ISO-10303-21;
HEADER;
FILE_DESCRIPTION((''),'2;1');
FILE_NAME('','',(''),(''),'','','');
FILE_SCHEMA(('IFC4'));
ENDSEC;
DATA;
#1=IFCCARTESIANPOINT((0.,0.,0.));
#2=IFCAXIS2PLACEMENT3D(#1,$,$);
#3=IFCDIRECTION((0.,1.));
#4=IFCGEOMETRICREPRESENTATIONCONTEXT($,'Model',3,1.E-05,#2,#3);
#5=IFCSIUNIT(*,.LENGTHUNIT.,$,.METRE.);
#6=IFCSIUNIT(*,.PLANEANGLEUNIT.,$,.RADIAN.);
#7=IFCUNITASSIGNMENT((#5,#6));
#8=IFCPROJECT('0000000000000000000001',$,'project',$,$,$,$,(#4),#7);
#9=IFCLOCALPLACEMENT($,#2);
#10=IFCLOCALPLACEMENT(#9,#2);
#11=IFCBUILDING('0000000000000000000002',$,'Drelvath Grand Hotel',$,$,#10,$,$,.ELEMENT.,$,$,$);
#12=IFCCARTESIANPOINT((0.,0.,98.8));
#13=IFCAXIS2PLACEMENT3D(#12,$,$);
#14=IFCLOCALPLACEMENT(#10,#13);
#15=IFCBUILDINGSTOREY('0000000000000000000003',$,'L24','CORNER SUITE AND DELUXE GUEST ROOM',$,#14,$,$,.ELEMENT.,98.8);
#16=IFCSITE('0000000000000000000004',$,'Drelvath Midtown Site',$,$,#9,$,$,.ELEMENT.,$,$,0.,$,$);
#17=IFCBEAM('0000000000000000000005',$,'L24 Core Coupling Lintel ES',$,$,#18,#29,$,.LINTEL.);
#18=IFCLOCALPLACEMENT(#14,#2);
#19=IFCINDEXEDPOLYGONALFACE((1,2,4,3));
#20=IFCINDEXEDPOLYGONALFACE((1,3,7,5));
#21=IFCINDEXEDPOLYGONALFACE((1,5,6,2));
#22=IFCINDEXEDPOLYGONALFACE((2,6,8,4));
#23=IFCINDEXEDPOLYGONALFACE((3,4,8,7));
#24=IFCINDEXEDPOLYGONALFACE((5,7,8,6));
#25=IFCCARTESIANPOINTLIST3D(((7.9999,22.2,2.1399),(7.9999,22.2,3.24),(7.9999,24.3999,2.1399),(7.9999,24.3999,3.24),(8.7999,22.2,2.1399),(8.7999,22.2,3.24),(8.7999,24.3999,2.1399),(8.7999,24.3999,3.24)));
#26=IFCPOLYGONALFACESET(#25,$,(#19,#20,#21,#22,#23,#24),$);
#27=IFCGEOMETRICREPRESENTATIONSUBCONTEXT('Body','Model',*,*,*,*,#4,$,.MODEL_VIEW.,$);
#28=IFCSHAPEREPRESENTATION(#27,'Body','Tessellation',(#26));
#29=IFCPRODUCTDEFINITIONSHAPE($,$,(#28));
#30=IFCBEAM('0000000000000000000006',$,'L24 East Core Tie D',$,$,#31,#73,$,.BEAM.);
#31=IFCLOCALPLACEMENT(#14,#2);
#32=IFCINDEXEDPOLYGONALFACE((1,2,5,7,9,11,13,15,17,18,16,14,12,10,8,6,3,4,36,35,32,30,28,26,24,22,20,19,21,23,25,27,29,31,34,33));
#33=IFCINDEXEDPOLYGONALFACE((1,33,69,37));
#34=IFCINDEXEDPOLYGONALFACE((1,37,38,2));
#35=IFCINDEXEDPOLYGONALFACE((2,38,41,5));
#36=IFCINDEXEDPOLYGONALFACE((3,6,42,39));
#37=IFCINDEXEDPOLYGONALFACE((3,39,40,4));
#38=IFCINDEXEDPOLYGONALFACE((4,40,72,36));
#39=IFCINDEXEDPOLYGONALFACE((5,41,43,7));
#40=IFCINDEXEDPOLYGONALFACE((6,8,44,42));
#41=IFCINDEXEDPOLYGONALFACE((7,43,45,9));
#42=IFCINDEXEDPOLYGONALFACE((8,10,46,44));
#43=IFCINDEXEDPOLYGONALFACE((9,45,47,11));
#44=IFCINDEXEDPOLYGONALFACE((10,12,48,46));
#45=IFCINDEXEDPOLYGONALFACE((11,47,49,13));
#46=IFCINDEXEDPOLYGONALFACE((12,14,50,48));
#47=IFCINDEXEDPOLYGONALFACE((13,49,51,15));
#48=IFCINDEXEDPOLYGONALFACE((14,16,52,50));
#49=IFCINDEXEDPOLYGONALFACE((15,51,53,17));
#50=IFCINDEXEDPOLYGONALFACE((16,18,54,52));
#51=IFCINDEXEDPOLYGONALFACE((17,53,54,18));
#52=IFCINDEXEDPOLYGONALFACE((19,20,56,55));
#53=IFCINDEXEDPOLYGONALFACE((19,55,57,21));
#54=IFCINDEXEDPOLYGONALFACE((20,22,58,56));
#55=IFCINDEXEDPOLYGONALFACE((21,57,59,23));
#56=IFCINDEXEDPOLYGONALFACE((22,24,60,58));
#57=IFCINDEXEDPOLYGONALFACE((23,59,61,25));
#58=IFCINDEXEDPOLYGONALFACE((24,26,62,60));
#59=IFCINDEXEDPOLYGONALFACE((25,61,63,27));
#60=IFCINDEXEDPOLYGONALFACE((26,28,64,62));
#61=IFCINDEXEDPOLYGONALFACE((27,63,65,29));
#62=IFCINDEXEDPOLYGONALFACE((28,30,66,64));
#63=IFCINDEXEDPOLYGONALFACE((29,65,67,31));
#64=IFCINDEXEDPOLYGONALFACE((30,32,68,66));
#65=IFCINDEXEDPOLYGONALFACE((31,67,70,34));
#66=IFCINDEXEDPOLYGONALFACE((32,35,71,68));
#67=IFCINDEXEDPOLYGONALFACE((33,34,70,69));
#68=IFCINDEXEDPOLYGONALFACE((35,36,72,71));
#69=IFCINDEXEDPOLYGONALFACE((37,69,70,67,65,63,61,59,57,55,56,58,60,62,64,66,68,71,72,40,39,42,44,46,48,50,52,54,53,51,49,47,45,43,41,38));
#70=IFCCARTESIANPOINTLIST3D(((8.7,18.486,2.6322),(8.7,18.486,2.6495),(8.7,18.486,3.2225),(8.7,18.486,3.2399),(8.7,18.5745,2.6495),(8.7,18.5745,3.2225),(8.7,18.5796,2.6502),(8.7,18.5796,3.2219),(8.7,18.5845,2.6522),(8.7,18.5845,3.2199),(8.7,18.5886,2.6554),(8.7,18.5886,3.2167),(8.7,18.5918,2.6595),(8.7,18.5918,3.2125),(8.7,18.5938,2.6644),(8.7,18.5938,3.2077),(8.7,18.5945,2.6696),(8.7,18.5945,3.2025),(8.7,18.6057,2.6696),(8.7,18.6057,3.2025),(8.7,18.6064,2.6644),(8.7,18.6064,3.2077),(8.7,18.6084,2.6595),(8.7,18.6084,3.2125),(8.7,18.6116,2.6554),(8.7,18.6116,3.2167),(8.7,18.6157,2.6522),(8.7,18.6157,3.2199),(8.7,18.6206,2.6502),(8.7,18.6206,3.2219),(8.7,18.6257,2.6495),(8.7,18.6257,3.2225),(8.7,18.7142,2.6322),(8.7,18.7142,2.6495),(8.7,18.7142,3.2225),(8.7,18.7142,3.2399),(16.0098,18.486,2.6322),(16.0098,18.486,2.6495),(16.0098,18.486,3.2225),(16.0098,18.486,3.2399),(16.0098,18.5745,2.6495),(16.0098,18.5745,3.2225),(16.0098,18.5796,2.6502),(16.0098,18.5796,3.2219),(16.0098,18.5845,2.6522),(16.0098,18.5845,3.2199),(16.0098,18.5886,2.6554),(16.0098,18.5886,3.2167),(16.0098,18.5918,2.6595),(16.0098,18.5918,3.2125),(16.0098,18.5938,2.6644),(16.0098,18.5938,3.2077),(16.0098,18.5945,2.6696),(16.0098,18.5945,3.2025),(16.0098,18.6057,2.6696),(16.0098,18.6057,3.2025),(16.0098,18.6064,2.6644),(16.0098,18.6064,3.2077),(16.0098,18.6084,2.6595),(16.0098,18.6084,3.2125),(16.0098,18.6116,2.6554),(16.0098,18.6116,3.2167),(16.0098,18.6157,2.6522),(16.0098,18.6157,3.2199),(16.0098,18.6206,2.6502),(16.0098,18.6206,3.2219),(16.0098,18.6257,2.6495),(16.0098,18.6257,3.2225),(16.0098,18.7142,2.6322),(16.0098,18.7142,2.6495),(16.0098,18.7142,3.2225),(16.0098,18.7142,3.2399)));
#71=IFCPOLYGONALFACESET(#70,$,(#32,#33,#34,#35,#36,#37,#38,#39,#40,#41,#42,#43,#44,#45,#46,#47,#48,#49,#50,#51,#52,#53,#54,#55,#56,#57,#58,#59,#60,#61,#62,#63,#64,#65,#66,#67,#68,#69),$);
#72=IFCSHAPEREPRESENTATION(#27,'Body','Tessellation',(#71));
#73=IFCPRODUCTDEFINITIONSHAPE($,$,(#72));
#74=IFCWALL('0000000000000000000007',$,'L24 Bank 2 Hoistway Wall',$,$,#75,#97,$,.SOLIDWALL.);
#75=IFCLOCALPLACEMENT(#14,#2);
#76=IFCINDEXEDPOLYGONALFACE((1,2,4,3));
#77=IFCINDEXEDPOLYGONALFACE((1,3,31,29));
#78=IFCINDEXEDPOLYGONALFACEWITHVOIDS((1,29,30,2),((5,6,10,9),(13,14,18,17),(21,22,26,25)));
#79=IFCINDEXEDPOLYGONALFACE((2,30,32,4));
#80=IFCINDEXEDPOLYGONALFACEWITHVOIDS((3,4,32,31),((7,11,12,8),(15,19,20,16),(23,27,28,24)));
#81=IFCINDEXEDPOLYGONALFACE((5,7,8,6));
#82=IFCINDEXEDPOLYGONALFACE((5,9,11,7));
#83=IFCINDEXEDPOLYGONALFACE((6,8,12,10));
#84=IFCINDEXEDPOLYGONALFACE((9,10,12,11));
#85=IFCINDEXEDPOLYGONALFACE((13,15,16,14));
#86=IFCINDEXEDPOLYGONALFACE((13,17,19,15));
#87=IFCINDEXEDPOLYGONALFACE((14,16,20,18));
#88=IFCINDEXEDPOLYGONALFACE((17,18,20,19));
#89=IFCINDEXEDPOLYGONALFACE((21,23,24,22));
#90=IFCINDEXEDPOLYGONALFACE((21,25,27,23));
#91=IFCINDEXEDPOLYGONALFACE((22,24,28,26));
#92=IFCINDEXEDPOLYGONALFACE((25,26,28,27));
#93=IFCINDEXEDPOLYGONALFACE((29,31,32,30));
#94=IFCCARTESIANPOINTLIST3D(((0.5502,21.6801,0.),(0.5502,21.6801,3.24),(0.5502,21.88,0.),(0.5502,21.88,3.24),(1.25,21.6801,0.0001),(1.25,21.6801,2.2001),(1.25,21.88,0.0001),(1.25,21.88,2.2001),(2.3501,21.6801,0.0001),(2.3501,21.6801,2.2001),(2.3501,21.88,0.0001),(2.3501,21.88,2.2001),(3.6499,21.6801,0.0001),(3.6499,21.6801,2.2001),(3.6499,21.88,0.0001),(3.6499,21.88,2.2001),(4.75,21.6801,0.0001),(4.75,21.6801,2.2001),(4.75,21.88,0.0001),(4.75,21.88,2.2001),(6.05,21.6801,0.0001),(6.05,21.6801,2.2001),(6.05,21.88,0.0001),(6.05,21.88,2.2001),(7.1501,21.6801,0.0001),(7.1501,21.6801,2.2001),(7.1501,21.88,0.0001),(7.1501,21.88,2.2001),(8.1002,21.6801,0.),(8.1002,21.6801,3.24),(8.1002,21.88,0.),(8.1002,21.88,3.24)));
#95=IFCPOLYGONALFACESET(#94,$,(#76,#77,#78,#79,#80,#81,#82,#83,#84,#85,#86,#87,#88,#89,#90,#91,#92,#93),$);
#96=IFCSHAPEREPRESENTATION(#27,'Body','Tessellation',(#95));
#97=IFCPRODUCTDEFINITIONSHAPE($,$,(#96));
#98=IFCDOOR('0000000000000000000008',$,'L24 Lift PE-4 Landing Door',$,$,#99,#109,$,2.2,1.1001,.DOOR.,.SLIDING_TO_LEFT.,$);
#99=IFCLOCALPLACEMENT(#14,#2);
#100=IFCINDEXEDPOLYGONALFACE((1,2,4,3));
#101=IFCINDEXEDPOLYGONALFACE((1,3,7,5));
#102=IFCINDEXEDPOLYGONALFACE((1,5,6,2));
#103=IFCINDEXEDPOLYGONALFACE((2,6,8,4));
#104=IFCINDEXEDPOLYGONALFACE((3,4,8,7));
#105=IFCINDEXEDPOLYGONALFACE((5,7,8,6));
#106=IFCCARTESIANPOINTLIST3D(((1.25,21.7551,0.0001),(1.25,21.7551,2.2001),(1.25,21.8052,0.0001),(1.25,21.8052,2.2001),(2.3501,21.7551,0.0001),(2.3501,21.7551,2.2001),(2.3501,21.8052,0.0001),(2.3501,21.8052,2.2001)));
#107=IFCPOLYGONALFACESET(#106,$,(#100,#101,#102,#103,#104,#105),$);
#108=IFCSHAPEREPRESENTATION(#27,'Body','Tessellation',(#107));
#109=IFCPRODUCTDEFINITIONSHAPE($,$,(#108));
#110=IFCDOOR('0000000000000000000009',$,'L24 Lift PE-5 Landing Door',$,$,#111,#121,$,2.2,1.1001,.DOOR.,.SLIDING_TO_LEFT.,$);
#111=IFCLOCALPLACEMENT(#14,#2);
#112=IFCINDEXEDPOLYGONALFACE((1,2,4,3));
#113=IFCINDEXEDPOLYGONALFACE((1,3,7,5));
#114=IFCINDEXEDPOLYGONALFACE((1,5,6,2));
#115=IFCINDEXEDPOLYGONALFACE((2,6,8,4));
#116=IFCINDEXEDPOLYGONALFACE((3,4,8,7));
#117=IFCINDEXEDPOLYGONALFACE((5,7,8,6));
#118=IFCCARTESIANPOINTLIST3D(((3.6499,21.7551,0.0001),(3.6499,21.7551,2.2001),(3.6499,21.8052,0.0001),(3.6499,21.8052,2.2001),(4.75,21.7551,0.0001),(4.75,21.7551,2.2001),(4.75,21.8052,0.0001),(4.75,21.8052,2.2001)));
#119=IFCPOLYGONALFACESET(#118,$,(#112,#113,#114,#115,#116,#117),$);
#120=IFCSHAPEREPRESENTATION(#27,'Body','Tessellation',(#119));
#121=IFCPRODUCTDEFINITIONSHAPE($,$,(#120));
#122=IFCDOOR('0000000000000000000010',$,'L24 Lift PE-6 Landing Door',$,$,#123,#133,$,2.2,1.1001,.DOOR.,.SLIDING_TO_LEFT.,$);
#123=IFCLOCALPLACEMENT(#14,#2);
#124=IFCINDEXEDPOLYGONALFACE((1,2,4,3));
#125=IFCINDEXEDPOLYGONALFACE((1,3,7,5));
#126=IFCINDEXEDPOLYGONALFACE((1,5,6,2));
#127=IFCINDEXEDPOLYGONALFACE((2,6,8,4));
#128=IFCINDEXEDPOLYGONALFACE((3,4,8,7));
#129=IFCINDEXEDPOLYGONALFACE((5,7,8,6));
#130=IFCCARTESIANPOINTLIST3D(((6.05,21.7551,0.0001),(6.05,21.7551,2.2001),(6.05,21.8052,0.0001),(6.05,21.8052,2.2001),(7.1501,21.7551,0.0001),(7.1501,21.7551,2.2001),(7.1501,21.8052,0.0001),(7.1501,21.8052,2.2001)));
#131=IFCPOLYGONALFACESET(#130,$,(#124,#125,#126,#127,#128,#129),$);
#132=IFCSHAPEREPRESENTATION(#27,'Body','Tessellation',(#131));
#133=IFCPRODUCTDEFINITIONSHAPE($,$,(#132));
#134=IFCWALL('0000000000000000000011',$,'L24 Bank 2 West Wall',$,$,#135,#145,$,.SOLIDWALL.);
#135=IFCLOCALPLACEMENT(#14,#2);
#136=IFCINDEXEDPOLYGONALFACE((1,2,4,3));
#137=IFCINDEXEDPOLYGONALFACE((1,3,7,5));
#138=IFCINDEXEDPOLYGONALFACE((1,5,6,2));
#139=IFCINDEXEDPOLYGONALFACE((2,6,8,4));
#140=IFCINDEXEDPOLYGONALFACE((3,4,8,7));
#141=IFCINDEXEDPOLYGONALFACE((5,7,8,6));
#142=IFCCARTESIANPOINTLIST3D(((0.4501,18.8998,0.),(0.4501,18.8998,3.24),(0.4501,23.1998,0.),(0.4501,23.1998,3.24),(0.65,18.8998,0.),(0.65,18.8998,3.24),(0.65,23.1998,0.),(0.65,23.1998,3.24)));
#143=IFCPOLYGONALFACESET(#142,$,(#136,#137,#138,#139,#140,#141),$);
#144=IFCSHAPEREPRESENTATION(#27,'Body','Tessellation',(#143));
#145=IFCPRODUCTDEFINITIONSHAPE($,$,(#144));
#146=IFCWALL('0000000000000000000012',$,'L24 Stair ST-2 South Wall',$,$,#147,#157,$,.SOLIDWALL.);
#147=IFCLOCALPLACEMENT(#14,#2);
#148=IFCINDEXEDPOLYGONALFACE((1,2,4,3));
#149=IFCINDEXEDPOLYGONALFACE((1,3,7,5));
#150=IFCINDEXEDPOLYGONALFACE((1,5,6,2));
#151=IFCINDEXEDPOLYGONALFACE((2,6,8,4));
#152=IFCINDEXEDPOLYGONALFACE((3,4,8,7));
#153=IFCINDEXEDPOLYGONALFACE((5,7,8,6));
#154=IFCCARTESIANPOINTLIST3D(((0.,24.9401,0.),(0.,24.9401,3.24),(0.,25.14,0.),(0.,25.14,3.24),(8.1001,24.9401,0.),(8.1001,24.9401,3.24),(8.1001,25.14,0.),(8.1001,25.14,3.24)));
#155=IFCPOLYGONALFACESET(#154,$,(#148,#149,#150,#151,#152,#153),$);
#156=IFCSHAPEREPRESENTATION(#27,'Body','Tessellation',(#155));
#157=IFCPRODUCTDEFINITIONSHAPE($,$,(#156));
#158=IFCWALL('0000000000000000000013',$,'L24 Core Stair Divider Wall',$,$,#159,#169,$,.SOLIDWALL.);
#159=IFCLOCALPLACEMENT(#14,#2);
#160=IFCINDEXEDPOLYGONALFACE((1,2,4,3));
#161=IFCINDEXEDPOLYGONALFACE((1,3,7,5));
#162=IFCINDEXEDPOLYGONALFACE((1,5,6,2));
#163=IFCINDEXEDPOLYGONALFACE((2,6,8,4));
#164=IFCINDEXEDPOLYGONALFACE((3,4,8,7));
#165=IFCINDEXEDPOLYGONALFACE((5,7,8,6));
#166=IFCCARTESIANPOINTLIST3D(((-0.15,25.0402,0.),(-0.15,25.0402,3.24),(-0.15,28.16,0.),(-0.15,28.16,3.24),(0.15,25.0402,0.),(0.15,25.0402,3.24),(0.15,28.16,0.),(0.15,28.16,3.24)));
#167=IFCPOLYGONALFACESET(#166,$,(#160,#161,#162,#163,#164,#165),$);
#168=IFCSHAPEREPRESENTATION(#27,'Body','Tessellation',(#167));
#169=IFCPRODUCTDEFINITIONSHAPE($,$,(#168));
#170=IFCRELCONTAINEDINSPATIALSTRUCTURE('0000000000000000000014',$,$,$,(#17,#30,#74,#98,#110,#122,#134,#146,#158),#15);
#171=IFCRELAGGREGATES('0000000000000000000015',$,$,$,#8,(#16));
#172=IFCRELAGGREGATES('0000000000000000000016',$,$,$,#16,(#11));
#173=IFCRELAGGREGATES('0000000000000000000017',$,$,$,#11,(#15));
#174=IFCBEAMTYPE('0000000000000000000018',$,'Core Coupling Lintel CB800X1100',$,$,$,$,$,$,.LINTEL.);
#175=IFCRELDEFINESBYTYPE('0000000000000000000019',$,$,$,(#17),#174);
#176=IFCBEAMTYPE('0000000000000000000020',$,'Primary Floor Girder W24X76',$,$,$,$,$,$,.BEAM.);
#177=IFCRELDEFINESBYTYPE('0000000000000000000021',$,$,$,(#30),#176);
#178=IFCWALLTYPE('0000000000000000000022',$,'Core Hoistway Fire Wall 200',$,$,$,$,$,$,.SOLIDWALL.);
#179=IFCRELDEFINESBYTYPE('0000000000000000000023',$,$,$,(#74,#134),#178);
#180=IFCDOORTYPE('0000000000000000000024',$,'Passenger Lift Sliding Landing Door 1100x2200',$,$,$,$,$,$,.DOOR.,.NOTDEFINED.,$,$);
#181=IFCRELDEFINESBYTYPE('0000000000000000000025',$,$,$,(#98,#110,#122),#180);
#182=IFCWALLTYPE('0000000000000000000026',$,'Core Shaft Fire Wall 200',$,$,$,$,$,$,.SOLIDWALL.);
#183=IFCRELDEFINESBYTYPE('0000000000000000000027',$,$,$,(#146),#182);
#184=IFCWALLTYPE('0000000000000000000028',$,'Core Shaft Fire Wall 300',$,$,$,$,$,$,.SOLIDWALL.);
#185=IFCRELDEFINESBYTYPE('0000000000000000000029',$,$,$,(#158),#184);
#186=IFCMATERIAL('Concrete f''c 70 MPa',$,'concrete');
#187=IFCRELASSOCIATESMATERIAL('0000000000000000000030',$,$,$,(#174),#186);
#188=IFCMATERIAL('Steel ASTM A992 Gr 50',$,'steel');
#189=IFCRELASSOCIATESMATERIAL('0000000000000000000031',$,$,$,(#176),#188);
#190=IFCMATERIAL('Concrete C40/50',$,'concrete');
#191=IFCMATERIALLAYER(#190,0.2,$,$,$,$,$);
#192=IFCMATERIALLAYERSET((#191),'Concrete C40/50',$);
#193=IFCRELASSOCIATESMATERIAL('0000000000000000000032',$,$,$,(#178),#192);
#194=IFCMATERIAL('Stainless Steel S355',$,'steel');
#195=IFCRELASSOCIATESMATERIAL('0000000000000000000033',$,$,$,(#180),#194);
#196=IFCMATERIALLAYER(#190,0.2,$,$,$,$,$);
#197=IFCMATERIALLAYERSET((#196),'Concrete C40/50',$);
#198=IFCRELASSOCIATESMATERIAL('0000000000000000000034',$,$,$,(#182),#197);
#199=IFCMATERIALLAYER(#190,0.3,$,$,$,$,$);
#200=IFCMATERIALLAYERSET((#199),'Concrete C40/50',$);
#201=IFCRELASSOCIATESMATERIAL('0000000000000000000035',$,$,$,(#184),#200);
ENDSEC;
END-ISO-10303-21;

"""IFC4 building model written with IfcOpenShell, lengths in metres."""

from ifc_helpers import new_model, si_unit, direction, frame, frame_2d, origin, origin_2d, place, context, subcontext, project, spatial, rectangle, i_section, extrude, material, layer, layer_set, material_profile, profile_set, type_object, element, fill, save


model = new_model("IFC4")

# Units and contexts
model_context = context("Model", 3, precision=1e-05, world=origin(), true_north=direction((0.0, 1.0)))
body_context = subcontext(model_context, "Body", "Model", "MODEL_VIEW")
ifc_project = project(units=[si_unit("LENGTHUNIT", "METRE"), si_unit("PLANEANGLEUNIT", "RADIAN")], contexts=[model_context])

# Site, building, storey
site_placement = place(None, origin())
site = spatial("IfcSite", under=ifc_project, at=site_placement, Name="Drelvath Midtown Site", CompositionType="ELEMENT", RefElevation=0.0)
building_placement = place(site_placement, origin())
building = spatial("IfcBuilding", under=site, at=building_placement, Name="Drelvath Grand Hotel", CompositionType="ELEMENT")
storey_placement = place(building_placement, frame((0.0, 0.0, 98.8)))
storey = spatial("IfcBuildingStorey", under=building, at=storey_placement, Name="L24", Description="CORNER SUITE AND DELUXE GUEST ROOM", CompositionType="ELEMENT", Elevation=98.8)

# Beams
ifc_material_1 = material(Name="Concrete f'c 70 MPa", Category="concrete")
ifc_material_profile_1 = material_profile(ifc_material_1, rectangle(XDim=0.8, YDim=1.1001, at=origin_2d()), Name="CB800X1100")
ifc_profile_set_1 = profile_set([ifc_material_profile_1], Name="Concrete f'c 70 MPa")
beam_type_1 = type_object("IfcBeamType", Name="Core Coupling Lintel CB800X1100", PredefinedType="LINTEL", material=ifc_profile_set_1)
beam_1_placement = place(storey_placement, frame((8.3999, 22.2, 2.6899), z_axis=(0.0, 1.0, 0.0), x_axis=(-1.0, 0.0, 0.0)))
element("IfcBeam", 1, at=beam_1_placement, inside=storey, type_object=beam_type_1, Name="L24 Core Coupling Lintel ES", PredefinedType="LINTEL", context=body_context, shape_type="SweptSolid", body=[
    extrude(rectangle(XDim=0.8, YDim=1.1001, at=origin_2d()), origin(), (0.0, 0.0, 1.0), 2.2),
])
ifc_material_2 = material(Name="Steel ASTM A992 Gr 50", Category="steel")
ifc_material_profile_2 = material_profile(ifc_material_2, i_section(OverallWidth=0.2283, OverallDepth=0.6077, WebThickness=0.0112, FlangeThickness=0.0173, FilletRadius=0.02, at=origin_2d()), Name="W24X76")
ifc_profile_set_2 = profile_set([ifc_material_profile_2], Name="Steel ASTM A992 Gr 50")
beam_type_2 = type_object("IfcBeamType", Name="Primary Floor Girder W24X76", PredefinedType="BEAM", material=ifc_profile_set_2)
beam_2_placement = place(storey_placement, frame((8.7, 18.6001, 2.936), z_axis=(1.0, 0.0, 0.0), x_axis=(0.0, 1.0, 0.0)))
element("IfcBeam", 2, at=beam_2_placement, inside=storey, type_object=beam_type_2, Name="L24 East Core Tie D", PredefinedType="BEAM", context=body_context, shape_type="SweptSolid", body=[
    extrude(i_section(OverallWidth=0.2283, OverallDepth=0.6077, WebThickness=0.0112, FlangeThickness=0.0173, FilletRadius=0.02, at=origin_2d()), origin(), (0.0, 0.0, 1.0), 7.3098),
])

# Wall, openings, doors
ifc_material_3 = material(Name="Concrete C40/50", Category="concrete")
ifc_layer_1 = layer(ifc_material_3, 0.2)
ifc_layer_set_1 = layer_set([ifc_layer_1], Name="Concrete C40/50")
wall_type_1 = type_object("IfcWallType", Name="Core Hoistway Fire Wall 200", PredefinedType="SOLIDWALL", material=ifc_layer_set_1)
wall_1_placement = place(storey_placement, frame((8.1001, 21.78, 0.0), z_axis=(0.0, 0.0, 1.0), x_axis=(-1.0, 0.0, 0.0)))
wall_1 = element("IfcWall", 3, at=wall_1_placement, inside=storey, type_object=wall_type_1, Name="L24 Bank 2 Hoistway Wall", PredefinedType="SOLIDWALL", context=body_context, shape_type="SweptSolid", body=[
    extrude(rectangle(XDim=7.55, YDim=0.2, at=frame_2d((3.7749, 0.0))), origin(), (0.0, 0.0, 1.0), 3.24),
])
opening_1_placement = place(wall_1_placement, frame((5.75, 0.0, 0.0)))
opening_1 = element("IfcOpeningElement", 4, at=opening_1_placement, cuts=wall_1, PredefinedType="OPENING", context=body_context, shape_type="SweptSolid", body=[
    extrude(rectangle(XDim=1.1001, YDim=2.2, at=frame_2d((0.55, 1.1001))), frame((0.0, 0.1099, 0.0), z_axis=(0.0, -1.0, 0.0), x_axis=(1.0, 0.0, 0.0)), (0.0, 0.0, 1.0), 0.22),
])
opening_2_placement = place(wall_1_placement, frame((3.3501, 0.0, 0.0)))
opening_2 = element("IfcOpeningElement", 5, at=opening_2_placement, cuts=wall_1, PredefinedType="OPENING", context=body_context, shape_type="SweptSolid", body=[
    extrude(rectangle(XDim=1.1001, YDim=2.2, at=frame_2d((0.55, 1.1001))), frame((0.0, 0.1099, 0.0), z_axis=(0.0, -1.0, 0.0), x_axis=(1.0, 0.0, 0.0)), (0.0, 0.0, 1.0), 0.22),
])
opening_3_placement = place(wall_1_placement, frame((0.95, 0.0, 0.0)))
opening_3 = element("IfcOpeningElement", 6, at=opening_3_placement, cuts=wall_1, PredefinedType="OPENING", context=body_context, shape_type="SweptSolid", body=[
    extrude(rectangle(XDim=1.1001, YDim=2.2, at=frame_2d((0.55, 1.1001))), frame((0.0, 0.1099, 0.0), z_axis=(0.0, -1.0, 0.0), x_axis=(1.0, 0.0, 0.0)), (0.0, 0.0, 1.0), 0.22),
])
ifc_material_4 = material(Name="Stainless Steel S355", Category="steel")
door_type = type_object("IfcDoorType", Name="Passenger Lift Sliding Landing Door 1100x2200", OperationType="NOTDEFINED", PredefinedType="DOOR", material=ifc_material_4)
door_1_placement = place(opening_1_placement, origin())
door_1 = element("IfcDoor", 7, at=door_1_placement, inside=storey, type_object=door_type, Name="L24 Lift PE-4 Landing Door", OperationType="SLIDING_TO_LEFT", OverallHeight=2.2, OverallWidth=1.1001, PredefinedType="DOOR", context=body_context, shape_type="SweptSolid", body=[
    extrude(rectangle(XDim=1.1001, YDim=2.2, at=frame_2d((0.55, 1.1001))), frame((0.0, 0.0249, 0.0), z_axis=(0.0, -1.0, 0.0), x_axis=(1.0, 0.0, 0.0)), (0.0, 0.0, 1.0), 0.05),
])
fill(opening_1, door_1)
door_2_placement = place(opening_2_placement, origin())
door_2 = element("IfcDoor", 8, at=door_2_placement, inside=storey, type_object=door_type, Name="L24 Lift PE-5 Landing Door", OperationType="SLIDING_TO_LEFT", OverallHeight=2.2, OverallWidth=1.1001, PredefinedType="DOOR", context=body_context, shape_type="SweptSolid", body=[
    extrude(rectangle(XDim=1.1001, YDim=2.2, at=frame_2d((0.55, 1.1001))), frame((0.0, 0.0249, 0.0), z_axis=(0.0, -1.0, 0.0), x_axis=(1.0, 0.0, 0.0)), (0.0, 0.0, 1.0), 0.05),
])
fill(opening_2, door_2)
door_3_placement = place(opening_3_placement, origin())
door_3 = element("IfcDoor", 9, at=door_3_placement, inside=storey, type_object=door_type, Name="L24 Lift PE-6 Landing Door", OperationType="SLIDING_TO_LEFT", OverallHeight=2.2, OverallWidth=1.1001, PredefinedType="DOOR", context=body_context, shape_type="SweptSolid", body=[
    extrude(rectangle(XDim=1.1001, YDim=2.2, at=frame_2d((0.55, 1.1001))), frame((0.0, 0.0249, 0.0), z_axis=(0.0, -1.0, 0.0), x_axis=(1.0, 0.0, 0.0)), (0.0, 0.0, 1.0), 0.05),
])
fill(opening_3, door_3)

# Walls
wall_2_placement = place(storey_placement, frame((0.55, 18.8999, 0.0), z_axis=(0.0, 0.0, 1.0), x_axis=(0.0, 1.0, 0.0)))
element("IfcWall", 10, at=wall_2_placement, inside=storey, type_object=wall_type_1, Name="L24 Bank 2 West Wall", PredefinedType="SOLIDWALL", context=body_context, shape_type="SweptSolid", body=[
    extrude(rectangle(XDim=4.3, YDim=0.2, at=frame_2d((2.1499, 0.0))), origin(), (0.0, 0.0, 1.0), 3.24),
])
ifc_layer_2 = layer(ifc_material_3, 0.2)
ifc_layer_set_2 = layer_set([ifc_layer_2], Name="Concrete C40/50")
wall_type_2 = type_object("IfcWallType", Name="Core Shaft Fire Wall 200", PredefinedType="SOLIDWALL", material=ifc_layer_set_2)
wall_3_placement = place(storey_placement, frame((0.0, 25.04, 0.0), z_axis=(0.0, 0.0, 1.0), x_axis=(1.0, 0.0, 0.0)))
element("IfcWall", 11, at=wall_3_placement, inside=storey, type_object=wall_type_2, Name="L24 Stair ST-2 South Wall", PredefinedType="SOLIDWALL", context=body_context, shape_type="SweptSolid", body=[
    extrude(rectangle(XDim=8.1001, YDim=0.2, at=frame_2d((4.05, 0.0))), origin(), (0.0, 0.0, 1.0), 3.24),
])
ifc_layer_3 = layer(ifc_material_3, 0.3)
ifc_layer_set_3 = layer_set([ifc_layer_3], Name="Concrete C40/50")
wall_type_3 = type_object("IfcWallType", Name="Core Shaft Fire Wall 300", PredefinedType="SOLIDWALL", material=ifc_layer_set_3)
wall_4_placement = place(storey_placement, frame((0.0, 25.04, 0.0), z_axis=(0.0, 0.0, 1.0), x_axis=(0.0, 1.0, 0.0)))
element("IfcWall", 12, at=wall_4_placement, inside=storey, type_object=wall_type_3, Name="L24 Core Stair Divider Wall", PredefinedType="SOLIDWALL", context=body_context, shape_type="SweptSolid", body=[
    extrude(rectangle(XDim=3.1199, YDim=0.3, at=frame_2d((1.5601, 0.0))), origin(), (0.0, 0.0, 1.0), 3.24),
])

save(model, "model.ifc")
